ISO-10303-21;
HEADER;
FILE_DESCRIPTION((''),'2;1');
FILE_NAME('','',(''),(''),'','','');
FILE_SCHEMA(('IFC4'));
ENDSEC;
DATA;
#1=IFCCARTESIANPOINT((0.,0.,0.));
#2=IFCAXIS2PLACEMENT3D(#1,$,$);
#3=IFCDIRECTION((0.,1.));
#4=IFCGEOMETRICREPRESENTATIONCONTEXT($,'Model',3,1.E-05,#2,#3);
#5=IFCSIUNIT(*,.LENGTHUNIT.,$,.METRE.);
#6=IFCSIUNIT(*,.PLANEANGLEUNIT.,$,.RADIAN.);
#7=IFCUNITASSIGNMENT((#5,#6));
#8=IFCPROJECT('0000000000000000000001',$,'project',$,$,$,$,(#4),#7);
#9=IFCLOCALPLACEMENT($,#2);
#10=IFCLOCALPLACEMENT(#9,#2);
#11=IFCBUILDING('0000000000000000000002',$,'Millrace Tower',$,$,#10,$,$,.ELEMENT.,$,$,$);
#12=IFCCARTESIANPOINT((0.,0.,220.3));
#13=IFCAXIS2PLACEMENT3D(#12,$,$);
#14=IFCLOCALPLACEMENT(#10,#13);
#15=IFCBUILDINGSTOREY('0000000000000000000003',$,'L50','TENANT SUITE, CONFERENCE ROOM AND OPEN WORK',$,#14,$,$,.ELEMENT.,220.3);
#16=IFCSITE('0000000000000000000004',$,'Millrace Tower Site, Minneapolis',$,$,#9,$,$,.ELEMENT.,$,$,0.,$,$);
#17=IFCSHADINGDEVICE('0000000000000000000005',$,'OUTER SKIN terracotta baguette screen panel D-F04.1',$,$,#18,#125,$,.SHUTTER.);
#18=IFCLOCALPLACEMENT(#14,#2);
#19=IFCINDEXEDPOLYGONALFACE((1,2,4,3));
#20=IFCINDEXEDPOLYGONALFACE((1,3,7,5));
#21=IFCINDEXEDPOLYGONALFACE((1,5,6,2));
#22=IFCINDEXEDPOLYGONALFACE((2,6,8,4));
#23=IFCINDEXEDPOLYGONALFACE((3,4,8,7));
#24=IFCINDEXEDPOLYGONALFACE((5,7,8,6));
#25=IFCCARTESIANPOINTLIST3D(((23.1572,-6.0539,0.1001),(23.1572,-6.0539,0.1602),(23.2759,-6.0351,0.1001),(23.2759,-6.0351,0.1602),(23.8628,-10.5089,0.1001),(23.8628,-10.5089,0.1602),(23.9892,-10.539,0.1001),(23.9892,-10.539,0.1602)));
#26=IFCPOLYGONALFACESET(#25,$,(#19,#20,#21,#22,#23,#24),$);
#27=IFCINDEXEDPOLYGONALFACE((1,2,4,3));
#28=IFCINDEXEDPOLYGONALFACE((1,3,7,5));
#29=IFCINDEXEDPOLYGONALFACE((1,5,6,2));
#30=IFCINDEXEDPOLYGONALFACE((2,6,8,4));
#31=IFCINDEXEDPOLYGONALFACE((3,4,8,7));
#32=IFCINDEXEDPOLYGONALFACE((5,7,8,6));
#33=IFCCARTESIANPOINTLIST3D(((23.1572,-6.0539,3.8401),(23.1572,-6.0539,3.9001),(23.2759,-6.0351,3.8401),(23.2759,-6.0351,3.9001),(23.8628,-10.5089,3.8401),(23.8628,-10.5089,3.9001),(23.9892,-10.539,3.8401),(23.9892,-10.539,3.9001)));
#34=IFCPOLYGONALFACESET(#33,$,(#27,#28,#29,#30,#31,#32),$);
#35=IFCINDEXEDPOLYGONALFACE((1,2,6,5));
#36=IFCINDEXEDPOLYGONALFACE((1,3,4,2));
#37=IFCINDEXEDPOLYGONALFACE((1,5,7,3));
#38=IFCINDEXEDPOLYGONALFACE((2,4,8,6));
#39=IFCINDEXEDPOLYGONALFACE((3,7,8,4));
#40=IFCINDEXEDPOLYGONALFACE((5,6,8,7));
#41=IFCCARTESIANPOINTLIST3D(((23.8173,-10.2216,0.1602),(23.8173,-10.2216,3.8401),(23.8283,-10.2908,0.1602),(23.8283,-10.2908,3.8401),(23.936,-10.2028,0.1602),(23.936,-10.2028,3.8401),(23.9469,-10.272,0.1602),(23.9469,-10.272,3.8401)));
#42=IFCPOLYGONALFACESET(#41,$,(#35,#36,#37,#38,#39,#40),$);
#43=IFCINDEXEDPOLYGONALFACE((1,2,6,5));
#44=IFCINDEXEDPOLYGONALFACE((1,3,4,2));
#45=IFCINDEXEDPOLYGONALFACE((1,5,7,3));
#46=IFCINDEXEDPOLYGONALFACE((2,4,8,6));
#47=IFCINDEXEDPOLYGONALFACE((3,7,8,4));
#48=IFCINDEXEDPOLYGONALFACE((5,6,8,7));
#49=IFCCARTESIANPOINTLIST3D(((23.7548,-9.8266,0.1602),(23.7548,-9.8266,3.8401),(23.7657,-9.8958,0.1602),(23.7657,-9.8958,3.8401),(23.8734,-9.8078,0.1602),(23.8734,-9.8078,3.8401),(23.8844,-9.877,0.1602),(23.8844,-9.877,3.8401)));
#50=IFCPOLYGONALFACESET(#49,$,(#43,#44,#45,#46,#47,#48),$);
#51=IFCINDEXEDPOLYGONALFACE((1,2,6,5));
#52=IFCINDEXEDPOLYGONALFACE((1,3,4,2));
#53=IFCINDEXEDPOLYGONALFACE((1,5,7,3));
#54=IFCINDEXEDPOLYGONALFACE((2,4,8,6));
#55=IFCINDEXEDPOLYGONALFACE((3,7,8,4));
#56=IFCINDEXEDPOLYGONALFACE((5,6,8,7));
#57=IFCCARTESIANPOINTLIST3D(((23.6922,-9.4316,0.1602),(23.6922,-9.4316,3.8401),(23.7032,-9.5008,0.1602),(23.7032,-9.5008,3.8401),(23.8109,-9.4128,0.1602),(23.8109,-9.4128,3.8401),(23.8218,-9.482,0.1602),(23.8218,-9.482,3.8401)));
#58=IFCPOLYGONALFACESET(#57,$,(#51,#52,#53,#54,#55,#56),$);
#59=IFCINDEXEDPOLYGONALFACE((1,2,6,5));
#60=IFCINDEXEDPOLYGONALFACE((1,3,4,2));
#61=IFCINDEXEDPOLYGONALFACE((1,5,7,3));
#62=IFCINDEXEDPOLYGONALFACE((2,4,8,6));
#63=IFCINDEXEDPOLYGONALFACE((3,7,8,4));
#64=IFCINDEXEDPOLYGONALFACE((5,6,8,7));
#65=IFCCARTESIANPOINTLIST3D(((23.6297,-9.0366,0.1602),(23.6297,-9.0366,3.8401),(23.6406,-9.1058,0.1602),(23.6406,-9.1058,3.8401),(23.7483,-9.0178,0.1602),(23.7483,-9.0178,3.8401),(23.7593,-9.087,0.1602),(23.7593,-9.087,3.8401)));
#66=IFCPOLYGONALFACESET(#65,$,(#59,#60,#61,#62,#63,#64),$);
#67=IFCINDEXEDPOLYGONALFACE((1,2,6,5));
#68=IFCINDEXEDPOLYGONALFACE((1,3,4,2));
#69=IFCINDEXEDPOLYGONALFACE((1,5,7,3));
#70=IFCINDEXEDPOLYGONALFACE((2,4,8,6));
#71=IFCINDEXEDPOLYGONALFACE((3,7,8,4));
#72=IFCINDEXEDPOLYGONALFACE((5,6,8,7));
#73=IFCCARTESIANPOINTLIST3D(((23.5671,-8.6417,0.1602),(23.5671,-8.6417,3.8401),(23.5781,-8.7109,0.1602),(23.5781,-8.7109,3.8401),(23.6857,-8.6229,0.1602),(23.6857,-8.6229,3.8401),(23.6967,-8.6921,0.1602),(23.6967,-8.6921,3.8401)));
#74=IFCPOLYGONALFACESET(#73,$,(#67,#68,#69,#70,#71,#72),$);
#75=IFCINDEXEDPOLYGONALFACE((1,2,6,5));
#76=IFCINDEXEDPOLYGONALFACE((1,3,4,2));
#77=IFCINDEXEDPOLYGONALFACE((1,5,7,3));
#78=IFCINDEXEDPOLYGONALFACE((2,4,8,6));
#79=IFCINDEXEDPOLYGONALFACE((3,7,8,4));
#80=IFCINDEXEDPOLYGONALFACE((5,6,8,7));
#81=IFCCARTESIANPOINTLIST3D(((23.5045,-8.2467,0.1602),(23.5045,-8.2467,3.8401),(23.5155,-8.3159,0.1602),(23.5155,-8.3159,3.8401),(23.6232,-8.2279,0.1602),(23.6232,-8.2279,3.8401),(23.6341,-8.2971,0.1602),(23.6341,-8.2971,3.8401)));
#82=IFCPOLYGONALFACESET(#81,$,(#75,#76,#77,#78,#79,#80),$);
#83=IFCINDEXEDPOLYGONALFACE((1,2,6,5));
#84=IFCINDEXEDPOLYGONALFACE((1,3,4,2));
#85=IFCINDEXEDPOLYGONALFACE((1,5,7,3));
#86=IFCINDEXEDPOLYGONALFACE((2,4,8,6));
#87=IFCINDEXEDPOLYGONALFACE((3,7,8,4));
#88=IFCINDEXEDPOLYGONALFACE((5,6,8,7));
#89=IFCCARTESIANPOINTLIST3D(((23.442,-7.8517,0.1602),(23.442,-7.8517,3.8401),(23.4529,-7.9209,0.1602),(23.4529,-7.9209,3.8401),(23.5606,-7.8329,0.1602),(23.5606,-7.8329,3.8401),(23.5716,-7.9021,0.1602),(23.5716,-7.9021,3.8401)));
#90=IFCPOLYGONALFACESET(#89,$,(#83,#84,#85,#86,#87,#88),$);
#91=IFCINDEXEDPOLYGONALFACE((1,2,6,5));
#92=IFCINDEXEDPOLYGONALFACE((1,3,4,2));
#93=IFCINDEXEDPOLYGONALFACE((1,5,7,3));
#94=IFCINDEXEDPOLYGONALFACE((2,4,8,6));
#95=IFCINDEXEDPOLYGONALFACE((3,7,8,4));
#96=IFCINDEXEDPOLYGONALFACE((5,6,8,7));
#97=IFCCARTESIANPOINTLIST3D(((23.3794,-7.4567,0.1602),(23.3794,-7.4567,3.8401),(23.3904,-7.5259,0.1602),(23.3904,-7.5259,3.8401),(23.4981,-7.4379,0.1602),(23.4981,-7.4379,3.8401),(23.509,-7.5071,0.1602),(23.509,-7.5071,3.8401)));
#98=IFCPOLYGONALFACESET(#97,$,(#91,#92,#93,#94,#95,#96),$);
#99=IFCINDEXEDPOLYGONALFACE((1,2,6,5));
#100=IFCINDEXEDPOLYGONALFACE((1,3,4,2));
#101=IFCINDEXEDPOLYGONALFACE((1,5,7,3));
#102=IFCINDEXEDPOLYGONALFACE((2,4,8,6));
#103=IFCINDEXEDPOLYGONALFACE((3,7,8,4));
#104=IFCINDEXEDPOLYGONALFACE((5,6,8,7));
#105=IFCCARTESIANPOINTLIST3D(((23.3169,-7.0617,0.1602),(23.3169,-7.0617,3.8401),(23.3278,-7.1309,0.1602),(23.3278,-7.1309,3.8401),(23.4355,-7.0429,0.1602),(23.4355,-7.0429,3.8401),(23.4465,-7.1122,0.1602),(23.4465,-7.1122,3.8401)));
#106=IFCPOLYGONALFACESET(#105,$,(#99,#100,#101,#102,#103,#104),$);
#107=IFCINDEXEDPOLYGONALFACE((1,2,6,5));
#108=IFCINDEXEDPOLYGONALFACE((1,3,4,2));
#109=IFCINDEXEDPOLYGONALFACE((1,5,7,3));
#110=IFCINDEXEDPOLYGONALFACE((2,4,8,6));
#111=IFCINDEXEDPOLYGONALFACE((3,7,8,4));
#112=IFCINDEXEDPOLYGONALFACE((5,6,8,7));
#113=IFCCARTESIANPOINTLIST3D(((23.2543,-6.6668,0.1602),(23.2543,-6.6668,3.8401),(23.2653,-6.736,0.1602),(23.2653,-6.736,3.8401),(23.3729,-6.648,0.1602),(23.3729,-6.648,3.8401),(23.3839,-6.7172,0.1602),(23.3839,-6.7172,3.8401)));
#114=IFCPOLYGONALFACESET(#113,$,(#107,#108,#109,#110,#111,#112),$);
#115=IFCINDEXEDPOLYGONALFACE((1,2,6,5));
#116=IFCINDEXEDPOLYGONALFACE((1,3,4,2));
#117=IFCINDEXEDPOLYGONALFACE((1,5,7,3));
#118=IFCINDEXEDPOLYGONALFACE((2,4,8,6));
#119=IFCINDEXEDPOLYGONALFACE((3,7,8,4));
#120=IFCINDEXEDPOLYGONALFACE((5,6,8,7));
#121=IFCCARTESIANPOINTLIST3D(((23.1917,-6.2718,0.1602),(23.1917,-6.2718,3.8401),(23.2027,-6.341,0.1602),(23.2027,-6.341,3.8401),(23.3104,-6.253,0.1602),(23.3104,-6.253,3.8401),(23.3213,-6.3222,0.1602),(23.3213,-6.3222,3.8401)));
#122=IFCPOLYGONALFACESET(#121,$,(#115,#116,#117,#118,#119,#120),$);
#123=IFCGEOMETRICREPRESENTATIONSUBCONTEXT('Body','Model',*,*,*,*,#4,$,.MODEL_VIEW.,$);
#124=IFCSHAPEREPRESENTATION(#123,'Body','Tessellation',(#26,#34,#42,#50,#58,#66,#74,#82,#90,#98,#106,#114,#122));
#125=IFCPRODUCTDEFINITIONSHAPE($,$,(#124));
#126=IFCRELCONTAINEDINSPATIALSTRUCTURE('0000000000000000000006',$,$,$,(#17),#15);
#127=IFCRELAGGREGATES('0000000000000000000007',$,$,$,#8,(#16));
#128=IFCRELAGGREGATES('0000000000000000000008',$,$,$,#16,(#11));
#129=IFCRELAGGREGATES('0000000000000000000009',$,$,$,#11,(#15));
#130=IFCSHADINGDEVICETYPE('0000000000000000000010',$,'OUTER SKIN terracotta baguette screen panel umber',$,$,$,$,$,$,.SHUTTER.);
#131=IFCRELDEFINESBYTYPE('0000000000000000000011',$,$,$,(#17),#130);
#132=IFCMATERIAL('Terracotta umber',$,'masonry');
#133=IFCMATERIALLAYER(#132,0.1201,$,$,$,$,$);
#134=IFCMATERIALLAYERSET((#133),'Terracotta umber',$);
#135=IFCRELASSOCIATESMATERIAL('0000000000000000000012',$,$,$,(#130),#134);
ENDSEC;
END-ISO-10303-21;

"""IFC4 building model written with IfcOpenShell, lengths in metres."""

from ifc_helpers import new_model, entity, si_unit, direction, frame, frame_2d, origin, place, context, subcontext, project, spatial, rectangle, extrude, source, transform, mapped, material, layer, layer_set, type_object, element, save


model = new_model("IFC4")

# Units and contexts
model_context = context("Model", 3, precision=1e-05, world=origin(), true_north=direction((0.0, 1.0)))
body_context = subcontext(model_context, "Body", "Model", "MODEL_VIEW")
ifc_project = project(units=[si_unit("LENGTHUNIT", "METRE"), si_unit("PLANEANGLEUNIT", "RADIAN")], contexts=[model_context])

# Site, building, storey
site_placement = place(None, origin())
site = spatial("IfcSite", under=ifc_project, at=site_placement, Name="Millrace Tower Site, Minneapolis", CompositionType="ELEMENT", RefElevation=0.0)
building_placement = place(site_placement, origin())
building = spatial("IfcBuilding", under=site, at=building_placement, Name="Millrace Tower", CompositionType="ELEMENT")
storey_placement = place(building_placement, frame((0.0, 0.0, 220.3)))
storey = spatial("IfcBuildingStorey", under=building, at=storey_placement, Name="L50", Description="TENANT SUITE, CONFERENCE ROOM AND OPEN WORK", CompositionType="ELEMENT", Elevation=220.3)

# Shading device
ifc_material_1 = material(Name="Terracotta umber", Category="masonry")
ifc_layer_1 = layer(ifc_material_1, 0.1201)
ifc_layer_set_1 = layer_set([ifc_layer_1], Name="Terracotta umber")
shading_device_type = type_object("IfcShadingDeviceType", Name="OUTER SKIN terracotta baguette screen panel umber", PredefinedType="SHUTTER", material=ifc_layer_set_1)
cartesian_point_1 = entity("IfcCartesianPoint", [-2.2429, 0.0601])
shared_polyline_1 = entity("IfcPolyline", [cartesian_point_1, entity("IfcCartesianPoint", [2.2676, 0.0601]), entity("IfcCartesianPoint", [2.2676, -0.0601]), entity("IfcCartesianPoint", [-2.2925, -0.0601]), cartesian_point_1])
shared_shape_1 = source(origin(), body_context, "Body", "SweptSolid", [
    entity("IfcExtrudedAreaSolid", entity("IfcArbitraryClosedProfileDef", "AREA", None, shared_polyline_1), entity("IfcAxis2Placement3D", entity("IfcCartesianPoint", [0.0, 0.0, 0.0])), entity("IfcDirection", [0.0, 0.0, 1.0]), 0.0601),
    entity("IfcExtrudedAreaSolid", entity("IfcArbitraryClosedProfileDef", "AREA", None, shared_polyline_1), entity("IfcAxis2Placement3D", entity("IfcCartesianPoint", [0.0, 0.0, 3.74])), entity("IfcDirection", [0.0, 0.0, 1.0]), 0.0601),
    extrude(rectangle(XDim=0.0701, YDim=0.1201, at=frame_2d((-1.9871, 0.0))), frame((0.0, 0.0, 0.0601)), (0.0, 0.0, 1.0), 3.6799),
    extrude(rectangle(XDim=0.0701, YDim=0.1201, at=frame_2d((-1.5872, 0.0))), frame((0.0, 0.0, 0.0601)), (0.0, 0.0, 1.0), 3.6799),
    extrude(rectangle(XDim=0.0701, YDim=0.1201, at=frame_2d((-1.1873, 0.0))), frame((0.0, 0.0, 0.0601)), (0.0, 0.0, 1.0), 3.6799),
    extrude(rectangle(XDim=0.0701, YDim=0.1201, at=frame_2d((-0.7874, 0.0))), frame((0.0, 0.0, 0.0601)), (0.0, 0.0, 1.0), 3.6799),
    extrude(rectangle(XDim=0.0701, YDim=0.1201, at=frame_2d((-0.3875, 0.0))), frame((0.0, 0.0, 0.0601)), (0.0, 0.0, 1.0), 3.6799),
    extrude(rectangle(XDim=0.0701, YDim=0.1201, at=frame_2d((0.0125, 0.0))), frame((0.0, 0.0, 0.0601)), (0.0, 0.0, 1.0), 3.6799),
    extrude(rectangle(XDim=0.0701, YDim=0.1201, at=frame_2d((0.4124, 0.0))), frame((0.0, 0.0, 0.0601)), (0.0, 0.0, 1.0), 3.6799),
    extrude(rectangle(XDim=0.0701, YDim=0.1201, at=frame_2d((0.8123, 0.0))), frame((0.0, 0.0, 0.0601)), (0.0, 0.0, 1.0), 3.6799),
    extrude(rectangle(XDim=0.0701, YDim=0.1201, at=frame_2d((1.2122, 0.0))), frame((0.0, 0.0, 0.0601)), (0.0, 0.0, 1.0), 3.6799),
    extrude(rectangle(XDim=0.0701, YDim=0.1201, at=frame_2d((1.6121, 0.0))), frame((0.0, 0.0, 0.0601)), (0.0, 0.0, 1.0), 3.6799),
    extrude(rectangle(XDim=0.0701, YDim=0.1201, at=frame_2d((2.012, 0.0))), frame((0.0, 0.0, 0.0601)), (0.0, 0.0, 1.0), 3.6799),
])
shading_device_1_placement = place(storey_placement, frame((23.5713, -8.2842, 0.1001), z_axis=(0.0, 0.0, 1.0), x_axis=(-0.156434, 0.987688, 0.0)))
element("IfcShadingDevice", 1, at=shading_device_1_placement, inside=storey, type_object=shading_device_type, Name="OUTER SKIN terracotta baguette screen panel D-F04.1", PredefinedType="SHUTTER", context=body_context, shape_type="MappedRepresentation", body=[
    mapped(shared_shape_1, transform((0.0, 0.0, 0.0), scale=1.0)),
])

save(model, "model.ifc")
